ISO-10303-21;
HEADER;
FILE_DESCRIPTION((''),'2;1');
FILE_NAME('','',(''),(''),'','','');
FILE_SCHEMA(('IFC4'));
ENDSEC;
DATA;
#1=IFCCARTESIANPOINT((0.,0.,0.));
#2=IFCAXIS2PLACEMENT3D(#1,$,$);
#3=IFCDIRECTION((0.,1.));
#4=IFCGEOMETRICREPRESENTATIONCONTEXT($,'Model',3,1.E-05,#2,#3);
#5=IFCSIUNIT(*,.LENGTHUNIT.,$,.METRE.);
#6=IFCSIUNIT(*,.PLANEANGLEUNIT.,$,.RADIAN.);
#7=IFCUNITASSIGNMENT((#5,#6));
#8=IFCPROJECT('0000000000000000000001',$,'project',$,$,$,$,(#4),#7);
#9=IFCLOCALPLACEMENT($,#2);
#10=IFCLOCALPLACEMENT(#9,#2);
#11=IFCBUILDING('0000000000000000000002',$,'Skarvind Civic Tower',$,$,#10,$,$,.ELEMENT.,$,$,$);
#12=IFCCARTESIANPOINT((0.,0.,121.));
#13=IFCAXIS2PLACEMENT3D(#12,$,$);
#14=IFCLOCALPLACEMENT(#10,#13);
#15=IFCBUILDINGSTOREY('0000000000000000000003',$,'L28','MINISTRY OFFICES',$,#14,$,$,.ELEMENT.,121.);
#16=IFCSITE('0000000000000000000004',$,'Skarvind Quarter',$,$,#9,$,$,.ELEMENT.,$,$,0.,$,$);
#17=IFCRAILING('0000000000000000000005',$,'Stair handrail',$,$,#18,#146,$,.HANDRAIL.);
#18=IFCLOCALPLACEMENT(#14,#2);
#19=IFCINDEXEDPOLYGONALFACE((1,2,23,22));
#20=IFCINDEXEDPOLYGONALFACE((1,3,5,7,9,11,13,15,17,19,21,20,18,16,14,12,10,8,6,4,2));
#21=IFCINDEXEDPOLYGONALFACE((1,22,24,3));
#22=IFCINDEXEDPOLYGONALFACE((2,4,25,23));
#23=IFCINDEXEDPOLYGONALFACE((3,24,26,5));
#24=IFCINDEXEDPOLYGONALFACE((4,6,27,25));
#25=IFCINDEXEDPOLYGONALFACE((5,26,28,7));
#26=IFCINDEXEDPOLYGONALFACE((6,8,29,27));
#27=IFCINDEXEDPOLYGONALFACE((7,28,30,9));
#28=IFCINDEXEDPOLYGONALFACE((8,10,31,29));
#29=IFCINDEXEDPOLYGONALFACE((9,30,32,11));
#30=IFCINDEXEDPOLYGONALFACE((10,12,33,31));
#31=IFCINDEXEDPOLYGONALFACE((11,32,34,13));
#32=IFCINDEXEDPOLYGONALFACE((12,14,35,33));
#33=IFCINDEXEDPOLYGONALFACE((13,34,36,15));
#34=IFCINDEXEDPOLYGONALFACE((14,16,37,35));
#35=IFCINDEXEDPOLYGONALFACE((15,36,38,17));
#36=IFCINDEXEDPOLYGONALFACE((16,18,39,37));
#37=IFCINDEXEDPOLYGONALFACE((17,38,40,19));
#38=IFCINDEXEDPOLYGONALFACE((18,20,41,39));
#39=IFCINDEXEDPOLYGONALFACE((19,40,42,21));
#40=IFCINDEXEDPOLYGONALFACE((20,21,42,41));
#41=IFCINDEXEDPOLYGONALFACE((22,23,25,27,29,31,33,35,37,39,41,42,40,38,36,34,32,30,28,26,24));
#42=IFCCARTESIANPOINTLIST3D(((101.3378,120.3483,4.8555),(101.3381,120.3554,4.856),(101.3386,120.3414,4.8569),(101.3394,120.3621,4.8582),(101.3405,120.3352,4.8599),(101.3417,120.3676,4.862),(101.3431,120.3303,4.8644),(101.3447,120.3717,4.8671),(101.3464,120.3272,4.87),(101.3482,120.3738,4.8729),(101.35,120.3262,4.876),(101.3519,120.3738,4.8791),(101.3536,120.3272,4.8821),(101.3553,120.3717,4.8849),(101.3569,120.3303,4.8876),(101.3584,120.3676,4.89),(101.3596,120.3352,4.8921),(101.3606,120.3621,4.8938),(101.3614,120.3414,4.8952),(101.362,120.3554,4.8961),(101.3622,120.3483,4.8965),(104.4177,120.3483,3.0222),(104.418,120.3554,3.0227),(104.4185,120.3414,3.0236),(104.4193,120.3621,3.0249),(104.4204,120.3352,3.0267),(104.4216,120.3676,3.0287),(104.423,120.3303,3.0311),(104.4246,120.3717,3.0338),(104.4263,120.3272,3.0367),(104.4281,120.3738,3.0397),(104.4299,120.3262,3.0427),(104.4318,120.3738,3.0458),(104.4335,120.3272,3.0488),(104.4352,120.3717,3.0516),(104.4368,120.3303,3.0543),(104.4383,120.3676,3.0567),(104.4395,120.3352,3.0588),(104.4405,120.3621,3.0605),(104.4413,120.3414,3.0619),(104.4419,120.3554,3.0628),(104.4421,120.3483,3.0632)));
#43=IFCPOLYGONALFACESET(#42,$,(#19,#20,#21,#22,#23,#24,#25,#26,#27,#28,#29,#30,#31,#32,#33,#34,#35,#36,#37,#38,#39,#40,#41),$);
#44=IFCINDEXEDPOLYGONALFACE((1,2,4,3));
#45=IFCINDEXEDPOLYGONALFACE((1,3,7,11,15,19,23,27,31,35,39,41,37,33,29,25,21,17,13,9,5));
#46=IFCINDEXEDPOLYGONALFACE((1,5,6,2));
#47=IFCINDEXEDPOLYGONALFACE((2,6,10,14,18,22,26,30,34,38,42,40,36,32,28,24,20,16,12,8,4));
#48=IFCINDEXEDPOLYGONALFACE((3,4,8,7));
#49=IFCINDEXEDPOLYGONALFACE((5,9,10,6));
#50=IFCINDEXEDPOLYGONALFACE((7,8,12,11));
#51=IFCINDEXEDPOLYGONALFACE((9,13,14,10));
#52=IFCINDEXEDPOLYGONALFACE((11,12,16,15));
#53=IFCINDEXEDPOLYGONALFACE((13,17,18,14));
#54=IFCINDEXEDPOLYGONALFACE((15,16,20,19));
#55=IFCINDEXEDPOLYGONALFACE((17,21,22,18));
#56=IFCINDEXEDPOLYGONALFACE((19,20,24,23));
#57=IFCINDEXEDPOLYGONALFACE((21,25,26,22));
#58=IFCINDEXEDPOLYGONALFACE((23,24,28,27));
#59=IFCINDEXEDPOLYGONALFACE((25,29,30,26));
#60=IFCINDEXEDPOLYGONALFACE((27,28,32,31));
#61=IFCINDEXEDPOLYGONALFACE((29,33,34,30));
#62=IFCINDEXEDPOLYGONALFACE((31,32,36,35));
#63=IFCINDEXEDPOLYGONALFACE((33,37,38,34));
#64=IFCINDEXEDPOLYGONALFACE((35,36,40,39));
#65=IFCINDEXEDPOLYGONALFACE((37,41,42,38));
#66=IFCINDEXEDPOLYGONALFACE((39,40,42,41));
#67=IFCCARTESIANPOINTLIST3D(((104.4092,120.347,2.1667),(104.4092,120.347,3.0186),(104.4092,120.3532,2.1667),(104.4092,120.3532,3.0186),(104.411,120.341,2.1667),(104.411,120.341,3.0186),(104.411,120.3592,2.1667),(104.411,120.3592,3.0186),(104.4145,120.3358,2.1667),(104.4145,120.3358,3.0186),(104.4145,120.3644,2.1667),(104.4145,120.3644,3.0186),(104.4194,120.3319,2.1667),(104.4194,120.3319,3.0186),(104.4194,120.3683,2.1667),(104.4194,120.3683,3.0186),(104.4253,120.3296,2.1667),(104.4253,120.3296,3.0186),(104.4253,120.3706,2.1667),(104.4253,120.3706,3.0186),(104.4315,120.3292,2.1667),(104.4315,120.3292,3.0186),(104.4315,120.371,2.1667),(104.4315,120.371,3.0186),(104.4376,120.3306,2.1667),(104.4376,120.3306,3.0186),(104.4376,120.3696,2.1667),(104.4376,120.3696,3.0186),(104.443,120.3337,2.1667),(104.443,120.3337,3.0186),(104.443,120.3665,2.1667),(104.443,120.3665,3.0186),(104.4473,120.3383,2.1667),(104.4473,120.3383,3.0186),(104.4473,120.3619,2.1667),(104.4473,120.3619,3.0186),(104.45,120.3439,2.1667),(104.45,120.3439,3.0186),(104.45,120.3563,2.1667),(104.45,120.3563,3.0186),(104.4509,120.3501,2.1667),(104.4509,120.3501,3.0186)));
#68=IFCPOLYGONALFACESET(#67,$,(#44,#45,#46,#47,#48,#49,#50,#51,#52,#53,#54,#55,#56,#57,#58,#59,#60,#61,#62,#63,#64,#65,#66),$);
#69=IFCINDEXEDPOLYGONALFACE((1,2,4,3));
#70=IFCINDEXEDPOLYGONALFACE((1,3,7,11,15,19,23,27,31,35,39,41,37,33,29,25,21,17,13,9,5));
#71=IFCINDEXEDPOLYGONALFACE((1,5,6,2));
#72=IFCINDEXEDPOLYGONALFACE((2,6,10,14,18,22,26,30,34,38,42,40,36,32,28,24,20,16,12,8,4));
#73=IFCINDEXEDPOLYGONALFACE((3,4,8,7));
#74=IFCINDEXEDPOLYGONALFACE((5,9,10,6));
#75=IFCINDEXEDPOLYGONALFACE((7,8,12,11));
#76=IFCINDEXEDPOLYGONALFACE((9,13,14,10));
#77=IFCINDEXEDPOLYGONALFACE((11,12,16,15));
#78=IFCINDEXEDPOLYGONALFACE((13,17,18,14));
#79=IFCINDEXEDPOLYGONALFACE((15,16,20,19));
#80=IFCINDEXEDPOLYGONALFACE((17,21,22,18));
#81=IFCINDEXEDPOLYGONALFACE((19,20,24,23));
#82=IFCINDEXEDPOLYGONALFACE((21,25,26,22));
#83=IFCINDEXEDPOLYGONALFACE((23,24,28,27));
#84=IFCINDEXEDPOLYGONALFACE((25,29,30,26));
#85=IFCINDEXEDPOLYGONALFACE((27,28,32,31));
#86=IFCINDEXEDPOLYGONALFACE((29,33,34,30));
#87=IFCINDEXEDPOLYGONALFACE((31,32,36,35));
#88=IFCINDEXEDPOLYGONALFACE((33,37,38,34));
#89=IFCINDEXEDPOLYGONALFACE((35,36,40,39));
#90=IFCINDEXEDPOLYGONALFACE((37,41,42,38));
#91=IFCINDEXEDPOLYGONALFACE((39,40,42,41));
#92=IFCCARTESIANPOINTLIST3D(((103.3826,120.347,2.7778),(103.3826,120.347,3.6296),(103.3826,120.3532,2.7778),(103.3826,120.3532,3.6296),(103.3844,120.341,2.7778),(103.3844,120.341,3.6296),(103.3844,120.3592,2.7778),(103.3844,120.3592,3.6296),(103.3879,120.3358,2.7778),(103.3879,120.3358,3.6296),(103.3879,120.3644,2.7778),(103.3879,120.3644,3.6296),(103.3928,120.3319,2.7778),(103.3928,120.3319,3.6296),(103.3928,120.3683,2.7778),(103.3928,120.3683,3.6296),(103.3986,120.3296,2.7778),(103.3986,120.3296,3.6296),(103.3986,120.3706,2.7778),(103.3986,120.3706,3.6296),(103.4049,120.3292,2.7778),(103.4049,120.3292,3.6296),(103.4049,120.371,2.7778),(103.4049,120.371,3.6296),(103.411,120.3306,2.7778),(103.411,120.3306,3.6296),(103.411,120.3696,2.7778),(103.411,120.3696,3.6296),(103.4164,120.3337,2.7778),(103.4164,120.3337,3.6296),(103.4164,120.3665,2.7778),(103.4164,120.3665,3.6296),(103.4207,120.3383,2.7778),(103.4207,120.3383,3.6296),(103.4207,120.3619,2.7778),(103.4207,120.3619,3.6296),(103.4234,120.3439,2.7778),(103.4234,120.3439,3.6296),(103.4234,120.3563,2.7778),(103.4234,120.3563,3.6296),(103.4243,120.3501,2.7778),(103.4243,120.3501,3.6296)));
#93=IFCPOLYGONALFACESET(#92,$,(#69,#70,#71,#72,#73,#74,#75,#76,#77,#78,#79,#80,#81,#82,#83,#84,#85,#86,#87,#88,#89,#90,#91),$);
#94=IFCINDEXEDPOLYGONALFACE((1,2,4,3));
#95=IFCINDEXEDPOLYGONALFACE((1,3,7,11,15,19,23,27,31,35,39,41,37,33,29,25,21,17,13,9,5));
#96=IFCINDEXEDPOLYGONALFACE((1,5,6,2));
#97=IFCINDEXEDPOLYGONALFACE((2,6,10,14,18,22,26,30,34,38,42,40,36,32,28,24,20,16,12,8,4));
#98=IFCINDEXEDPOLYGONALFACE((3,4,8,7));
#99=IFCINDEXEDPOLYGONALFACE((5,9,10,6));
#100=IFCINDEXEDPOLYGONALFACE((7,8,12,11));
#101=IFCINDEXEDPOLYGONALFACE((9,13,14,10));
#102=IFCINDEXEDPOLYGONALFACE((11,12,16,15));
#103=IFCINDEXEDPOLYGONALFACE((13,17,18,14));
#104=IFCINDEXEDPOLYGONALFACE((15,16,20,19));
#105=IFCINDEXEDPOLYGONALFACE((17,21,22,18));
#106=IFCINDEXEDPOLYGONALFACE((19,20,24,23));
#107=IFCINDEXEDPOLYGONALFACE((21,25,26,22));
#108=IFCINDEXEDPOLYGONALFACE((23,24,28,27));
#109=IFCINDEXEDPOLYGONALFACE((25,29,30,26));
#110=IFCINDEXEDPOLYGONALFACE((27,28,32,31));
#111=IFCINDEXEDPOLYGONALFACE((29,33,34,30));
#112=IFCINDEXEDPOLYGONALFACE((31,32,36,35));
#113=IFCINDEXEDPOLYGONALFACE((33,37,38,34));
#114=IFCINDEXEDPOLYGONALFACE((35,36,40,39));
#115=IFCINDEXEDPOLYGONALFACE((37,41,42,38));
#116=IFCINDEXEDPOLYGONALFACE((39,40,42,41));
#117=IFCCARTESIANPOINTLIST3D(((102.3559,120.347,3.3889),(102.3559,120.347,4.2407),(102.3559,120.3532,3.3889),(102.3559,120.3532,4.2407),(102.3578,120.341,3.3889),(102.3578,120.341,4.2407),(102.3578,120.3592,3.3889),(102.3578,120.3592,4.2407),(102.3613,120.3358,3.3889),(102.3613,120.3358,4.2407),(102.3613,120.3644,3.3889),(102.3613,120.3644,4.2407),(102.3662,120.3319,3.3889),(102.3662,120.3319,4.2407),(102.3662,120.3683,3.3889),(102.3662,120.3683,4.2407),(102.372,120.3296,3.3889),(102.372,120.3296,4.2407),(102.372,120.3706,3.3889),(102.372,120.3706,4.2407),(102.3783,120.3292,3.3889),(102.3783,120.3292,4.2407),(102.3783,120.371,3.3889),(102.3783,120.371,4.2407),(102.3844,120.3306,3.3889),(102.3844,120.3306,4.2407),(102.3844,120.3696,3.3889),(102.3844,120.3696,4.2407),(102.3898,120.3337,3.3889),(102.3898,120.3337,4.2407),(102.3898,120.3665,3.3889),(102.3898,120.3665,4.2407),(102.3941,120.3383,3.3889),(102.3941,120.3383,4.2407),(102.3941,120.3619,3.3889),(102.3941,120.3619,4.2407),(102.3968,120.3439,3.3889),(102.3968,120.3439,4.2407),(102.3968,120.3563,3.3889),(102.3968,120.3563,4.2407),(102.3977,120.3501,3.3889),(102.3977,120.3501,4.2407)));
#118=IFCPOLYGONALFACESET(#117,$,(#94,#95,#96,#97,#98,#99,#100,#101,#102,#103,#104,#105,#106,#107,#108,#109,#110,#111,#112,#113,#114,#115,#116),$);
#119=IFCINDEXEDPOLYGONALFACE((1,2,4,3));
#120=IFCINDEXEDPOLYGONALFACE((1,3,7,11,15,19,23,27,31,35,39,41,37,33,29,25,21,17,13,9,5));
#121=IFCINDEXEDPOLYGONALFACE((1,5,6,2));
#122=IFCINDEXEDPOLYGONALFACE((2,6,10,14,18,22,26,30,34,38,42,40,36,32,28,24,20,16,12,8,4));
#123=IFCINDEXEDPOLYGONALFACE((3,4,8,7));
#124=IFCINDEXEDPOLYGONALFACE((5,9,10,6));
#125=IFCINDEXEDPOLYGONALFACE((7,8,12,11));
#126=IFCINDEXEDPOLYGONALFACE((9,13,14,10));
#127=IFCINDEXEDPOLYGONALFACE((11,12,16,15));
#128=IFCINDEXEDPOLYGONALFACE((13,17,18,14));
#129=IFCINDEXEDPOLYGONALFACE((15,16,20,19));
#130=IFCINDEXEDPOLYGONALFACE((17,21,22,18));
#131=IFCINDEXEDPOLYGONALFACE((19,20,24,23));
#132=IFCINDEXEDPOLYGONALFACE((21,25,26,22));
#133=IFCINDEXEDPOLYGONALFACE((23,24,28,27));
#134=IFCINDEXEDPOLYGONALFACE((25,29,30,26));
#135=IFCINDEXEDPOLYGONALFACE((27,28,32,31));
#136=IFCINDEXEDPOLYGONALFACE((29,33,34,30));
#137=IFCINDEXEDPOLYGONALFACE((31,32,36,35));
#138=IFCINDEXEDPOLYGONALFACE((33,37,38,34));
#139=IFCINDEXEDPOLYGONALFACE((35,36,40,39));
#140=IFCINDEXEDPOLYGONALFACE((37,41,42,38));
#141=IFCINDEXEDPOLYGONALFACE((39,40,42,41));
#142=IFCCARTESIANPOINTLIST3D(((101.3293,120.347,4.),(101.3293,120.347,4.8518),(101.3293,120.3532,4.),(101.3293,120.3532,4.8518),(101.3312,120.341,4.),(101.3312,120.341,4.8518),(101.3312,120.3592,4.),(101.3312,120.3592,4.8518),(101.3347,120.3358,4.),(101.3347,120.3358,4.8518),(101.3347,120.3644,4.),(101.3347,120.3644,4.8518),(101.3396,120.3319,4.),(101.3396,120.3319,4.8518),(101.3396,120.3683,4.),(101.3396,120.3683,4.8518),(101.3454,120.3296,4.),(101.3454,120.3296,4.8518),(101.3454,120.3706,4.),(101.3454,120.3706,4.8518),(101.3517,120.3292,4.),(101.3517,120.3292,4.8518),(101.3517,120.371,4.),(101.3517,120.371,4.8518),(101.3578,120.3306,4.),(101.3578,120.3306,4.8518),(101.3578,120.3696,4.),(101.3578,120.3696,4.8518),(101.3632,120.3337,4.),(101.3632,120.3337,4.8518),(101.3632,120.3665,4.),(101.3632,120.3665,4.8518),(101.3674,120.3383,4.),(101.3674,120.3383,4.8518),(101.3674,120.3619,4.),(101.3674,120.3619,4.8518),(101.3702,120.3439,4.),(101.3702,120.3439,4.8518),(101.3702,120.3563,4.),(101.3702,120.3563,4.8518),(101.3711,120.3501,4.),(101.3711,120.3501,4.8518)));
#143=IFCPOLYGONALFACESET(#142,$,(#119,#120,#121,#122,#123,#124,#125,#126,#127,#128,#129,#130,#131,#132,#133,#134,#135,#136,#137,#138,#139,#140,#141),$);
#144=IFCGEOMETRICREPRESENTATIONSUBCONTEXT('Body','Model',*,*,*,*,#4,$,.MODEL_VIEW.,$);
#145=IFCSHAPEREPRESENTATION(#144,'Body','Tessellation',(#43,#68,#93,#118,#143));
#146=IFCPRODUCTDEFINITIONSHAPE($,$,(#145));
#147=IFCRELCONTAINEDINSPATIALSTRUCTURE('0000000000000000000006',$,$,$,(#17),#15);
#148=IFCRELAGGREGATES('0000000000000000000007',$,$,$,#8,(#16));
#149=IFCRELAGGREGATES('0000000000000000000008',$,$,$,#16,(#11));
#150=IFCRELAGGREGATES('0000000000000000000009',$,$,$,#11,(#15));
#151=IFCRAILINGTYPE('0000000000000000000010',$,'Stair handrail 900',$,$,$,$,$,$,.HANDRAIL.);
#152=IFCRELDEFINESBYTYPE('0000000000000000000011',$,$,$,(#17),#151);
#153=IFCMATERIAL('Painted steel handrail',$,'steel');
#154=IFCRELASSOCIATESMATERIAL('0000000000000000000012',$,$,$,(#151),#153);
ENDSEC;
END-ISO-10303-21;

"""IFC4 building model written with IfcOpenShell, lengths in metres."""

from ifc_helpers import new_model, si_unit, direction, frame, origin, origin_2d, place, context, subcontext, project, spatial, circle, extrude, material, type_object, element, save


model = new_model("IFC4")

# Units and contexts
model_context = context("Model", 3, precision=1e-05, world=origin(), true_north=direction((0.0, 1.0)))
body_context = subcontext(model_context, "Body", "Model", "MODEL_VIEW")
ifc_project = project(units=[si_unit("LENGTHUNIT", "METRE"), si_unit("PLANEANGLEUNIT", "RADIAN")], contexts=[model_context])

# Site, building, storey
site_placement = place(None, origin())
site = spatial("IfcSite", under=ifc_project, at=site_placement, Name="Skarvind Quarter", CompositionType="ELEMENT", RefElevation=0.0)
building_placement = place(site_placement, origin())
building = spatial("IfcBuilding", under=site, at=building_placement, Name="Skarvind Civic Tower", CompositionType="ELEMENT")
storey_placement = place(building_placement, frame((0.0, 0.0, 121.0)))
storey = spatial("IfcBuildingStorey", under=building, at=storey_placement, Name="L28", Description="MINISTRY OFFICES", CompositionType="ELEMENT", Elevation=121.0)

# Railing
ifc_material_1 = material(Name="Painted steel handrail", Category="steel")
railing_type = type_object("IfcRailingType", Name="Stair handrail 900", PredefinedType="HANDRAIL", material=ifc_material_1)
railing_1_placement = place(storey_placement, frame((104.4299, 120.3501, 2.1667)))
element("IfcRailing", 1, at=railing_1_placement, inside=storey, type_object=railing_type, Name="Stair handrail", PredefinedType="HANDRAIL", context=body_context, shape_type="SweptSolid", body=[
    extrude(circle(Radius=0.0239, at=origin_2d()), frame((0.0, 0.0, 0.876), z_axis=(-0.859291, 0.0, 0.511487), x_axis=(0.0, -1.0, 0.0)), (0.0, 0.0, 1.0), 3.5842),
    extrude(circle(Radius=0.021, at=origin_2d()), origin(), (0.0, 0.0, 1.0), 0.8518),
    extrude(circle(Radius=0.021, at=origin_2d()), frame((-1.0266, 0.0, 0.6111)), (0.0, 0.0, 1.0), 0.8518),
    extrude(circle(Radius=0.021, at=origin_2d()), frame((-2.0532, 0.0, 1.2222)), (0.0, 0.0, 1.0), 0.8518),
    extrude(circle(Radius=0.021, at=origin_2d()), frame((-3.0798, 0.0, 1.8333)), (0.0, 0.0, 1.0), 0.8518),
])

save(model, "model.ifc")
